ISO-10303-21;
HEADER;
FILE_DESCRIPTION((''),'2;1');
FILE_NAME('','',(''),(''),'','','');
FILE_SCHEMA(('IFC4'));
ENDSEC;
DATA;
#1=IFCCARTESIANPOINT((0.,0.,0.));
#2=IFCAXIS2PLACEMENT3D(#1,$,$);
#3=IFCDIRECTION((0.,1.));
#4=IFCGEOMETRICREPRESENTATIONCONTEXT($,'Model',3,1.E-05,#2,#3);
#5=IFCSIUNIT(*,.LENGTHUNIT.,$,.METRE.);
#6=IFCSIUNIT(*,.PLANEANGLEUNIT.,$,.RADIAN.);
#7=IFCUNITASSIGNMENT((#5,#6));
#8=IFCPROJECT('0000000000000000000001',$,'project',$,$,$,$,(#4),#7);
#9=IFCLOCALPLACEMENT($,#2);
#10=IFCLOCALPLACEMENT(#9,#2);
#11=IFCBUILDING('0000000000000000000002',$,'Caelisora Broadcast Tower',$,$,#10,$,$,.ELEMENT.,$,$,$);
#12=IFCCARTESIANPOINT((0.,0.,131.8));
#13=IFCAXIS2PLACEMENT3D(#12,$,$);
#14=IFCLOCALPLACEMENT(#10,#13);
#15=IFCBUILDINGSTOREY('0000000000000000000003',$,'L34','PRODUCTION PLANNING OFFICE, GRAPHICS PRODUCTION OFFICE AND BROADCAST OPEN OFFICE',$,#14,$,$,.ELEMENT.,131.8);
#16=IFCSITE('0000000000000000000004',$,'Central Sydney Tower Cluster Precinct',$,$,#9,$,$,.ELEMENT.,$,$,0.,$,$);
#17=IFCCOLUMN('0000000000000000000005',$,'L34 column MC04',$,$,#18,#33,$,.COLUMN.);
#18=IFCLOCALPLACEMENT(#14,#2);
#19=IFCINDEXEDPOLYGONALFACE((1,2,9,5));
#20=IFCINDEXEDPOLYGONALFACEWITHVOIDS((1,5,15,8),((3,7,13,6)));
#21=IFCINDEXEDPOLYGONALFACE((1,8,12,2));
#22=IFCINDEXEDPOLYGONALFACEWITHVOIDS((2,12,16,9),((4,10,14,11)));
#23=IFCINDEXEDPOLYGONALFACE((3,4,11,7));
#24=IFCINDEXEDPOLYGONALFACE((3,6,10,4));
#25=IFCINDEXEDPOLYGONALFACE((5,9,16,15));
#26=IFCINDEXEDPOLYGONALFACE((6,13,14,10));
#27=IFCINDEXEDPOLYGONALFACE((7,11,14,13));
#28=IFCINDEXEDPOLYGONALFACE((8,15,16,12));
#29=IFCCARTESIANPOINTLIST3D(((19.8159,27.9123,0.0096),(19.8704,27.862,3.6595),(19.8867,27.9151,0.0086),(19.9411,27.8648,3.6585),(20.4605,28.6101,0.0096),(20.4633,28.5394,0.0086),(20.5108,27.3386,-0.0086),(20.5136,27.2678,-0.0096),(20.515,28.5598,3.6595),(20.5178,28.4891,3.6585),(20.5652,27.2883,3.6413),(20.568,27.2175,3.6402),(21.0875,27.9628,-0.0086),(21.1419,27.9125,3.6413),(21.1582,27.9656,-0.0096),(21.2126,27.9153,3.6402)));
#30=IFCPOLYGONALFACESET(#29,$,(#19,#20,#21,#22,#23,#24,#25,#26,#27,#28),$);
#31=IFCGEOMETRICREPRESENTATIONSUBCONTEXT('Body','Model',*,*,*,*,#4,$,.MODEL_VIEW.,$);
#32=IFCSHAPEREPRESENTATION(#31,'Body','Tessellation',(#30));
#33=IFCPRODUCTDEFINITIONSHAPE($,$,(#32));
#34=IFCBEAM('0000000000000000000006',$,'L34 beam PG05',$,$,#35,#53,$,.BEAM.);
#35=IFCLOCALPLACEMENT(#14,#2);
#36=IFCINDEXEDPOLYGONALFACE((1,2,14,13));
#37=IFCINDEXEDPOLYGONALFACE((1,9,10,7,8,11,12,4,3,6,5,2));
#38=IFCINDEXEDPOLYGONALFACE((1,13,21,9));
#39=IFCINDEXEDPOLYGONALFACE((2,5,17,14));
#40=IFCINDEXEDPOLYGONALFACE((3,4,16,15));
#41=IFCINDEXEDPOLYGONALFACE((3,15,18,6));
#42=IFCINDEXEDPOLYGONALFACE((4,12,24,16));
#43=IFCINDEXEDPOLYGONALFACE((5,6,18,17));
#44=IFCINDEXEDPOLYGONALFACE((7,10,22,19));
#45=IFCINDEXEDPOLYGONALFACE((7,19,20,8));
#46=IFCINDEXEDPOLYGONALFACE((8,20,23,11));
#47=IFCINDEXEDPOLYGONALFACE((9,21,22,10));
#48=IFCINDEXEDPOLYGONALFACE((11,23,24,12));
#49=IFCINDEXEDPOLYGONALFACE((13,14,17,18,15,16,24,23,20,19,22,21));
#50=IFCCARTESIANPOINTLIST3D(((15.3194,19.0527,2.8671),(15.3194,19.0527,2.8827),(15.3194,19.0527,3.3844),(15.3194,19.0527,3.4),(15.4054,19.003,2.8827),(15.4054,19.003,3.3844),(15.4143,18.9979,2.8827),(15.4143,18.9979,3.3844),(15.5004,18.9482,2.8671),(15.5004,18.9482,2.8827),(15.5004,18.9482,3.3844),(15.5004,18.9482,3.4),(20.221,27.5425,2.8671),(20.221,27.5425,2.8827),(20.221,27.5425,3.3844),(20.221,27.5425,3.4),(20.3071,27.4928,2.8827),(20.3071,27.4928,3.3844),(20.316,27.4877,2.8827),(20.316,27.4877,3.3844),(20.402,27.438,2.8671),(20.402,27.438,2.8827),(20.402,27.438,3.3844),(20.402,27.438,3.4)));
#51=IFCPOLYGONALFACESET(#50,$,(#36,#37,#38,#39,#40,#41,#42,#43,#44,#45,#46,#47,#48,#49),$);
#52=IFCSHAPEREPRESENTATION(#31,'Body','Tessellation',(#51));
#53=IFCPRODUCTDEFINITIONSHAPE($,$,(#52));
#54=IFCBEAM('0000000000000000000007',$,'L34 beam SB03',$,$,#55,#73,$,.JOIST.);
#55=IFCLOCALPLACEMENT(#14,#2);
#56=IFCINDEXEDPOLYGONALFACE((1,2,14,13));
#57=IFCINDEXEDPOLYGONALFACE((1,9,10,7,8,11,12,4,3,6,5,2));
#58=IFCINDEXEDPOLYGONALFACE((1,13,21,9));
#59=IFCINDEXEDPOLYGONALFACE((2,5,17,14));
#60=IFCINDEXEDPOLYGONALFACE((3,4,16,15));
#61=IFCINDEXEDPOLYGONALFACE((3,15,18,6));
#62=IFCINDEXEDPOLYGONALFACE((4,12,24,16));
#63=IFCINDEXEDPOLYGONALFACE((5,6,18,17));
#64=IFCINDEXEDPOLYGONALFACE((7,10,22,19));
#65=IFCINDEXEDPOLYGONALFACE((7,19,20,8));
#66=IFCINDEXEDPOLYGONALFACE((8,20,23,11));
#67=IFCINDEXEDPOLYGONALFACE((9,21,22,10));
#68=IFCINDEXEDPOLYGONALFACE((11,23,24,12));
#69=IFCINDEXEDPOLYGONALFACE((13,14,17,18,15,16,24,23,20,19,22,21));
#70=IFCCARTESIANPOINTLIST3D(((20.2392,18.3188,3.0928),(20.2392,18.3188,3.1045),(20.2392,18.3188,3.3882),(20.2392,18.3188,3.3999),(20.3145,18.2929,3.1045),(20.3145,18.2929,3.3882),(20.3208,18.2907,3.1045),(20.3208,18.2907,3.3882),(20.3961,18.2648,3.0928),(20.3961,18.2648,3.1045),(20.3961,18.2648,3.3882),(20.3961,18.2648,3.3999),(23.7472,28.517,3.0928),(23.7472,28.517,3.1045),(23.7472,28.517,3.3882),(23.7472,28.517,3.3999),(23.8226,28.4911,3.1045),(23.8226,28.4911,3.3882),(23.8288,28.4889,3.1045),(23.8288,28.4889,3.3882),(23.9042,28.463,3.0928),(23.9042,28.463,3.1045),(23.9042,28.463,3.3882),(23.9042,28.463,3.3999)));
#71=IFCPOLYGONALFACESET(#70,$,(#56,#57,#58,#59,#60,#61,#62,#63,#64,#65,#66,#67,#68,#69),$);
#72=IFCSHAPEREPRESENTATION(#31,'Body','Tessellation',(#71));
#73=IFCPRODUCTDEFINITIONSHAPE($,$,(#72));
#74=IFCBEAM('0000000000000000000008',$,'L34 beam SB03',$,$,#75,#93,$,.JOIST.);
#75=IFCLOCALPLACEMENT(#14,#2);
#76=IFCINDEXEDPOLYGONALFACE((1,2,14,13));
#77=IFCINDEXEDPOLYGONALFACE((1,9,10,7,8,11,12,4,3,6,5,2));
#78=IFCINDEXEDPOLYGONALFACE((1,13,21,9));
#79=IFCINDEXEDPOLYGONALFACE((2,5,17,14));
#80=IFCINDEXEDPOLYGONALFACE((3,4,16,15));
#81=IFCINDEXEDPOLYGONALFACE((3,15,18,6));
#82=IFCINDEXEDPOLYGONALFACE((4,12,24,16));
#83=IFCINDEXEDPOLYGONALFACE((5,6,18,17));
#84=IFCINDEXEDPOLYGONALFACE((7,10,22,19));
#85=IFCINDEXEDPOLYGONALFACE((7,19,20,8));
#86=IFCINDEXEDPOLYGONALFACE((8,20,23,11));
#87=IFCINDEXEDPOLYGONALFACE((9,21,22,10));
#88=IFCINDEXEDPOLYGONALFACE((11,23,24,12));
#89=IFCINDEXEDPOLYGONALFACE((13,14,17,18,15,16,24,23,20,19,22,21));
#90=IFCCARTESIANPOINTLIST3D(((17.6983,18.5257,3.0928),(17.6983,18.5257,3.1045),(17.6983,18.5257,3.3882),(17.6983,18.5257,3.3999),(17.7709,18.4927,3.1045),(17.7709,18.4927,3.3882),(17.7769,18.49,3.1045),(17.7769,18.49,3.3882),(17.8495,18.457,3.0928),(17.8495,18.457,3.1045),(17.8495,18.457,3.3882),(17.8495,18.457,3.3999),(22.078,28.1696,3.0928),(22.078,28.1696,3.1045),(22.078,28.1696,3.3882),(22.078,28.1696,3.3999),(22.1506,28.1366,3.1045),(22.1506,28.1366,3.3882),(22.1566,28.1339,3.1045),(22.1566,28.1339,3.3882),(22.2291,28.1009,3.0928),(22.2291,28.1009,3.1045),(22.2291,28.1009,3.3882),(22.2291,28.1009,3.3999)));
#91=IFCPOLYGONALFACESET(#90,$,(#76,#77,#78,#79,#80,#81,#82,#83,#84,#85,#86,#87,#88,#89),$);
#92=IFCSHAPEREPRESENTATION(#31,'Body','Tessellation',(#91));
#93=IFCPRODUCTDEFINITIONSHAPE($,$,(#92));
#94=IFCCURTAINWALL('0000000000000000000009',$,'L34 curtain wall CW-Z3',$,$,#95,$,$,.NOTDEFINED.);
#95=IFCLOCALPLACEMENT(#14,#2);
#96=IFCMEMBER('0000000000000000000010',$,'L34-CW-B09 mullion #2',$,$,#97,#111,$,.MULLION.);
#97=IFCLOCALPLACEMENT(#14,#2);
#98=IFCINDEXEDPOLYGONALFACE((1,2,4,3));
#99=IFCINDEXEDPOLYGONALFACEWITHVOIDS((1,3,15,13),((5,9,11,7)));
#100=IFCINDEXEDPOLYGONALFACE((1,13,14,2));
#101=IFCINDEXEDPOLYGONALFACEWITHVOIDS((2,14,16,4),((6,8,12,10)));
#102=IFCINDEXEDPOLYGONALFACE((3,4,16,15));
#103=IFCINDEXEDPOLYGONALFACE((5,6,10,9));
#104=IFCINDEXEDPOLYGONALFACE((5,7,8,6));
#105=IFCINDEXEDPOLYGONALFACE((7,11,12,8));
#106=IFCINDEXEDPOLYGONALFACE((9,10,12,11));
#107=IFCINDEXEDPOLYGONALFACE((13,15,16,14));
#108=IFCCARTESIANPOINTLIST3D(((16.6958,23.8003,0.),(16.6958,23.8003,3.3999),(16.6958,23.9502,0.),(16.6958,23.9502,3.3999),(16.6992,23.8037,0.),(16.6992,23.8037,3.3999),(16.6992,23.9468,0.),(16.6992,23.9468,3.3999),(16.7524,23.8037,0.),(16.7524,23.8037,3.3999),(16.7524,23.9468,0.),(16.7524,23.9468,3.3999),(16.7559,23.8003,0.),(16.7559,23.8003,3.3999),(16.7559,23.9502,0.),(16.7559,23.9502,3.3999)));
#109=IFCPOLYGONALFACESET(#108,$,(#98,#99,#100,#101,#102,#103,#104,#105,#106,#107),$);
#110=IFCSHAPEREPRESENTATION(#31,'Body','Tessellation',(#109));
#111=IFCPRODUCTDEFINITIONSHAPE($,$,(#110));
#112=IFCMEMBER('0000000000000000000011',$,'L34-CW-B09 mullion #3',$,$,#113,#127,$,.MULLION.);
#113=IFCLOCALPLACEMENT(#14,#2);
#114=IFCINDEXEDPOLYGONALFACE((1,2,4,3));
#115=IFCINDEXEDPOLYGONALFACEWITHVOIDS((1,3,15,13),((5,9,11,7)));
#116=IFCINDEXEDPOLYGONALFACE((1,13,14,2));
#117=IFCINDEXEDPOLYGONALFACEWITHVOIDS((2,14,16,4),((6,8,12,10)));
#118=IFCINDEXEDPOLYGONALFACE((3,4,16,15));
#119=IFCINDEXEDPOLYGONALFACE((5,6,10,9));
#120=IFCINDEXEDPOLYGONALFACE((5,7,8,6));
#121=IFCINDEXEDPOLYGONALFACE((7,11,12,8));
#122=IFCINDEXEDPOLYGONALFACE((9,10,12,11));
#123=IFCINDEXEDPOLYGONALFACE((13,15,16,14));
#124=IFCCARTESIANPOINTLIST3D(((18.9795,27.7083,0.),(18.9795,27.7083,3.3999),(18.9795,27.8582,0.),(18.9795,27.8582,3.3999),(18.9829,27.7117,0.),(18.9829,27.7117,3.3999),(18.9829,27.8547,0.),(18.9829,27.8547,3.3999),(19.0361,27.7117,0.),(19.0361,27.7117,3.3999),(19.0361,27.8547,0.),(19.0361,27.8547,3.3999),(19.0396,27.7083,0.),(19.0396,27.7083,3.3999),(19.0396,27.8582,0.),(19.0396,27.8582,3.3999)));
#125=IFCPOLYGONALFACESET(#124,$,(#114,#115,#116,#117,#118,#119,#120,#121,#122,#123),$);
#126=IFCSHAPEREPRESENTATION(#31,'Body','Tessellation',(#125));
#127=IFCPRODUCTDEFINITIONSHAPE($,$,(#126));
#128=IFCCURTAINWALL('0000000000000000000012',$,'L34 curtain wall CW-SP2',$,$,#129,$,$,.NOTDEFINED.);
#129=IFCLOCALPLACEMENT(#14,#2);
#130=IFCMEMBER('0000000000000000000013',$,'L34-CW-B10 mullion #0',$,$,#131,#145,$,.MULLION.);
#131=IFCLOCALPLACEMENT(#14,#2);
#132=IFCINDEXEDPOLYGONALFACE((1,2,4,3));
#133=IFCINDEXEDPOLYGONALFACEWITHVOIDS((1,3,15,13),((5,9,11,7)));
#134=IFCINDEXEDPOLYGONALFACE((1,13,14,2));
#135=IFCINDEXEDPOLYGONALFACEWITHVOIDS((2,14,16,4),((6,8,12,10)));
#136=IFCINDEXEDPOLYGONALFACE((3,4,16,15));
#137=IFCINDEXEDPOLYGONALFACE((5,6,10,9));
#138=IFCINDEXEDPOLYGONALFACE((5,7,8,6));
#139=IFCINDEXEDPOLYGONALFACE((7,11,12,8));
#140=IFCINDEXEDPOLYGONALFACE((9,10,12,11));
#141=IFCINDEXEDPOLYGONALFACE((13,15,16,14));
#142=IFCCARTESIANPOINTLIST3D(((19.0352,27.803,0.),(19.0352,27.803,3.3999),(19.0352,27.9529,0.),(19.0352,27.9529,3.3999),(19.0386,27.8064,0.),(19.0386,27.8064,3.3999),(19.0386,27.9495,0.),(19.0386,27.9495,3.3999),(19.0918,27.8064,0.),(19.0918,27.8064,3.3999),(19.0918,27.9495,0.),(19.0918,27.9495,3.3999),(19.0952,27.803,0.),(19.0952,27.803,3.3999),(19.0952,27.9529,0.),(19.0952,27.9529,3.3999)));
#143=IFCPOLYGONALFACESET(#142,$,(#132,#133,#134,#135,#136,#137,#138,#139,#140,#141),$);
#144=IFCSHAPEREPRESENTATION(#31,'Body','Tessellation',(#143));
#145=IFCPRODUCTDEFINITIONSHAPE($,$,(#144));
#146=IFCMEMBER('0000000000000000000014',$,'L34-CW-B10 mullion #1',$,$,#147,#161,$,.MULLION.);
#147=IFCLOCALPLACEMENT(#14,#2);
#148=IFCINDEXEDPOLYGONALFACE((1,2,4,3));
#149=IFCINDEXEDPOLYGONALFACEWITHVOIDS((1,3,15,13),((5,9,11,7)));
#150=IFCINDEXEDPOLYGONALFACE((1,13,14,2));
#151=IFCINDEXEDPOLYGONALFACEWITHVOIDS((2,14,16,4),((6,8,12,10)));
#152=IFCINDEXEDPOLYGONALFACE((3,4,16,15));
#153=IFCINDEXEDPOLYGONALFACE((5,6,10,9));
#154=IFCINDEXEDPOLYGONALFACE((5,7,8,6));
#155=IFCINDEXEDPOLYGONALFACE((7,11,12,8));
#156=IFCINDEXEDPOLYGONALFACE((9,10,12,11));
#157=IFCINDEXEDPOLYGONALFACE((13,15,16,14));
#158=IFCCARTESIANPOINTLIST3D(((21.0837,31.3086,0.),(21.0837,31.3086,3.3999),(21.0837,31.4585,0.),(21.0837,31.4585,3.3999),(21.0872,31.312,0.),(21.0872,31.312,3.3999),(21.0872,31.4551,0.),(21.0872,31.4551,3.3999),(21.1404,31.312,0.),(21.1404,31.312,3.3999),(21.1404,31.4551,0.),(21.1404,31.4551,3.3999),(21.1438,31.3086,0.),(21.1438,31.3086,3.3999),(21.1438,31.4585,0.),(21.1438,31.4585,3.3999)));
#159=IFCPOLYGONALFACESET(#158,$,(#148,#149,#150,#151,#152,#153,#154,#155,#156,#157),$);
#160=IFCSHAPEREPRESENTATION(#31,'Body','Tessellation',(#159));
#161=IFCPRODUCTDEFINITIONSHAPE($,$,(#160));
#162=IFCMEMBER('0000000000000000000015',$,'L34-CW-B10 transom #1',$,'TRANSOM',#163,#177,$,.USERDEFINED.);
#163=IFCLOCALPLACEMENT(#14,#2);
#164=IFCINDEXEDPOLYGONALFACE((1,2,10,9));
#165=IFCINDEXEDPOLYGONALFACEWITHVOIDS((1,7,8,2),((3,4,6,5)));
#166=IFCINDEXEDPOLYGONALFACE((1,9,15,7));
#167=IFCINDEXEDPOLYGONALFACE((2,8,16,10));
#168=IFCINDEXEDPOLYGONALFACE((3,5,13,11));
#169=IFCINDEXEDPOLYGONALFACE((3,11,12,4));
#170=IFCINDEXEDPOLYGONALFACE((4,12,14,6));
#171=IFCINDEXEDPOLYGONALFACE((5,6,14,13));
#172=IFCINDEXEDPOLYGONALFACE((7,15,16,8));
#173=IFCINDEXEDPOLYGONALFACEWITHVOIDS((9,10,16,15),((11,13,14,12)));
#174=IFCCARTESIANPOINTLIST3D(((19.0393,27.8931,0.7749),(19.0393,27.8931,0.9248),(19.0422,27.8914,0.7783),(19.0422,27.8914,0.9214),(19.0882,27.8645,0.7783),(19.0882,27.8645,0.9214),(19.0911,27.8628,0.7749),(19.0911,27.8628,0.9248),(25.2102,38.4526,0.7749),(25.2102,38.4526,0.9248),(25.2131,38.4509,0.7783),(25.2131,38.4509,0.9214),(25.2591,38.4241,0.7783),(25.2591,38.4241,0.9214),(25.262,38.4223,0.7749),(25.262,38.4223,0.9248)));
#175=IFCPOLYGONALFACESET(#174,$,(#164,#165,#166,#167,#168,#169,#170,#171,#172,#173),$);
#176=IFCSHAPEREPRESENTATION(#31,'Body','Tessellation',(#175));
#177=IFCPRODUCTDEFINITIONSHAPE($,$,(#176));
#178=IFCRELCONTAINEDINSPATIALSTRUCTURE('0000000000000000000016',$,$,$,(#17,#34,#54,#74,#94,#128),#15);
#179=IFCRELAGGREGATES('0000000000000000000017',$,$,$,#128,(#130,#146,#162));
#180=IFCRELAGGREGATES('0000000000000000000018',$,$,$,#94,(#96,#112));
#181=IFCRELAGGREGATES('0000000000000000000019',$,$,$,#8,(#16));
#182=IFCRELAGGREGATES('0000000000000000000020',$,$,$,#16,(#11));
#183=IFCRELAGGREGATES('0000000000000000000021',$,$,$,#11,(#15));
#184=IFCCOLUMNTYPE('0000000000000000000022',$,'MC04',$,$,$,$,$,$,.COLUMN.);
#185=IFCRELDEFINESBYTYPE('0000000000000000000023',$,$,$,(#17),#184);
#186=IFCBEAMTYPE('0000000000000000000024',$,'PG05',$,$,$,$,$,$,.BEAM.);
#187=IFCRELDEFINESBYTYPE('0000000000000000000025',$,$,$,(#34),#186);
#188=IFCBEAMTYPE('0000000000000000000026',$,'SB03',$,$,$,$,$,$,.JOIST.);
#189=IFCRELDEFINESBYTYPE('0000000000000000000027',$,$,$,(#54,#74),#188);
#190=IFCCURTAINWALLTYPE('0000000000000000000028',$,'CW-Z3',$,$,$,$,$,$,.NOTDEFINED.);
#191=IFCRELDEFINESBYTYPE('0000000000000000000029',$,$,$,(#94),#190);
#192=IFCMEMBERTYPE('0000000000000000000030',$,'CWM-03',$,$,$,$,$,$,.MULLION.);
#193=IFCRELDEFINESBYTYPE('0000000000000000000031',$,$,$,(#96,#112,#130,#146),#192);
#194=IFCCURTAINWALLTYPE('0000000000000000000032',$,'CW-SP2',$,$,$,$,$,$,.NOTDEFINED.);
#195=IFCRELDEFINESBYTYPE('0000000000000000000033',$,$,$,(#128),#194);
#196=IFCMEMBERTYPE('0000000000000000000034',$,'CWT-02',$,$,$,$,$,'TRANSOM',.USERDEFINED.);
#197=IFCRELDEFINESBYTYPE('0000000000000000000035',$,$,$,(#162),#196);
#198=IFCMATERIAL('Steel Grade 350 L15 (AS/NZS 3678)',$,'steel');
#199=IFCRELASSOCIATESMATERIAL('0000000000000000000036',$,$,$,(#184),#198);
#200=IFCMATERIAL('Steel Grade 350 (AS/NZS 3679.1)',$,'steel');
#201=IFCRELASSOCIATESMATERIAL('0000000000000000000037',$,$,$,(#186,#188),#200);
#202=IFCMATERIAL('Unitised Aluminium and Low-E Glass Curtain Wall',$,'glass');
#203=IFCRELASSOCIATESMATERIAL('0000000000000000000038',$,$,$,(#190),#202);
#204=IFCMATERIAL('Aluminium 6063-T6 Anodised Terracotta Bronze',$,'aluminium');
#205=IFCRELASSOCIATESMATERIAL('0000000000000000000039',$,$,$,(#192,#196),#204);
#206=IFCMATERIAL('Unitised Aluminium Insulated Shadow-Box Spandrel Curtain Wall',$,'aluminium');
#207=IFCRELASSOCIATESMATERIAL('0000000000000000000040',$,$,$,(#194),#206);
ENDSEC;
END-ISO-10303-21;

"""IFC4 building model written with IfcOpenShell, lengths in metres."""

from ifc_helpers import new_model, si_unit, direction, frame, origin, origin_2d, place, context, subcontext, project, spatial, hollow_rectangle, i_section, extrude, source, transform, mapped, material, material_profile, profile_set, type_object, type_shapes, element, aggregate, save


model = new_model("IFC4")

# Units and contexts
model_context = context("Model", 3, precision=1e-05, world=origin(), true_north=direction((0.0, 1.0)))
body_context = subcontext(model_context, "Body", "Model", "MODEL_VIEW")
ifc_project = project(units=[si_unit("LENGTHUNIT", "METRE"), si_unit("PLANEANGLEUNIT", "RADIAN")], contexts=[model_context])

# Site, building, storey
site_placement = place(None, origin())
site = spatial("IfcSite", under=ifc_project, at=site_placement, Name="Central Sydney Tower Cluster Precinct", CompositionType="ELEMENT", RefElevation=0.0)
building_placement = place(site_placement, origin())
building = spatial("IfcBuilding", under=site, at=building_placement, Name="Caelisora Broadcast Tower", CompositionType="ELEMENT")
storey_placement = place(building_placement, frame((0.0, 0.0, 131.8)))
storey = spatial("IfcBuildingStorey", under=building, at=storey_placement, Name="L34", Description="PRODUCTION PLANNING OFFICE, GRAPHICS PRODUCTION OFFICE AND BROADCAST OPEN OFFICE", CompositionType="ELEMENT", Elevation=131.8)

# Column
ifc_material_1 = material(Name="Steel Grade 350 L15 (AS/NZS 3678)", Category="steel")
ifc_material_profile_1 = material_profile(ifc_material_1, hollow_rectangle(XDim=0.95, YDim=0.95, WallThickness=0.05, at=origin_2d()), Name="Steel Grade 350 L15 (AS/NZS 3678)")
ifc_profile_set_1 = profile_set([ifc_material_profile_1], Name="Steel Grade 350 L15 (AS/NZS 3678)")
column_type = type_object("IfcColumnType", Name="MC04", PredefinedType="COLUMN", material=ifc_profile_set_1)
shared_shape_1 = source(origin(), body_context, "Body", "SweptSolid", [
    extrude(hollow_rectangle(XDim=0.95, YDim=0.95, WallThickness=0.05, at=origin_2d()), origin(), (0.0, 0.0, 1.0), 3.6506),
])
type_shapes(column_type, [shared_shape_1])
column_placement = place(storey_placement, frame((20.4871, 27.939, 0.0), z_axis=(0.014913, -0.013776, 0.999794), x_axis=(0.678554, 0.734551, 0.0)))
element("IfcColumn", 1, at=column_placement, inside=storey, type_object=column_type, Name="L34 column MC04", PredefinedType="COLUMN", context=body_context, shape_type="MappedRepresentation", body=[
    mapped(shared_shape_1, transform((0.0, 0.0, 0.0), scale=1.0)),
])

# Beams
ifc_material_2 = material(Name="Steel Grade 350 (AS/NZS 3679.1)", Category="steel")
ifc_material_profile_2 = material_profile(ifc_material_2, i_section(OverallWidth=0.209, OverallDepth=0.533, WebThickness=0.0103, FlangeThickness=0.0156, at=origin_2d()), Name="Steel Grade 350 (AS/NZS 3679.1)")
ifc_profile_set_2 = profile_set([ifc_material_profile_2], Name="Steel Grade 350 (AS/NZS 3679.1)")
beam_type_1 = type_object("IfcBeamType", Name="PG05", PredefinedType="BEAM", material=ifc_profile_set_2)
shared_shape_2 = source(origin(), body_context, "Body", "SweptSolid", [
    extrude(i_section(OverallWidth=0.209, OverallDepth=0.533, WebThickness=0.0103, FlangeThickness=0.0156, at=origin_2d()), origin(), (0.0, 0.0, 1.0), 9.8032),
])
type_shapes(beam_type_1, [shared_shape_2])
beam_1_placement = place(storey_placement, frame((20.3115, 27.4902, 3.1335), z_axis=(-0.500004, -0.866023, 0.0), x_axis=(0.866023, -0.500004, 0.0)))
element("IfcBeam", 2, at=beam_1_placement, inside=storey, type_object=beam_type_1, Name="L34 beam PG05", PredefinedType="BEAM", context=body_context, shape_type="MappedRepresentation", body=[
    mapped(shared_shape_2, transform((0.0, 0.0, 0.0), scale=1.0)),
])
ifc_material_profile_3 = material_profile(ifc_material_2, i_section(OverallWidth=0.166, OverallDepth=0.3071, WebThickness=0.0066, FlangeThickness=0.0117, at=origin_2d()), Name="Steel Grade 350 (AS/NZS 3679.1)")
ifc_profile_set_3 = profile_set([ifc_material_profile_3], Name="Steel Grade 350 (AS/NZS 3679.1)")
beam_type_2 = type_object("IfcBeamType", Name="SB03", PredefinedType="JOIST", material=ifc_profile_set_3)
shared_shape_3 = source(origin(), body_context, "Body", "SweptSolid", [
    extrude(i_section(OverallWidth=0.166, OverallDepth=0.3071, WebThickness=0.0066, FlangeThickness=0.0117, at=origin_2d()), origin(), (0.0, 0.0, 1.0), 10.7847),
])
beam_2_placement = place(storey_placement, frame((23.8257, 28.49, 3.2463), z_axis=(-0.32528, -0.945618, 0.0), x_axis=(0.945618, -0.32528, 0.0)))
element("IfcBeam", 3, at=beam_2_placement, inside=storey, type_object=beam_type_2, Name="L34 beam SB03", PredefinedType="JOIST", context=body_context, shape_type="MappedRepresentation", body=[
    mapped(shared_shape_3, transform((0.0, 0.0, 0.0), scale=1.0)),
])
shared_shape_4 = source(origin(), body_context, "Body", "SweptSolid", [
    extrude(i_section(OverallWidth=0.166, OverallDepth=0.3071, WebThickness=0.0066, FlangeThickness=0.0117, at=origin_2d()), origin(), (0.0, 0.0, 1.0), 10.5918),
])
type_shapes(beam_type_2, [shared_shape_3, shared_shape_4])
beam_3_placement = place(storey_placement, frame((22.1536, 28.1353, 3.2463), z_axis=(-0.413497, -0.910505, 0.0), x_axis=(0.910505, -0.413497, 0.0)))
element("IfcBeam", 4, at=beam_3_placement, inside=storey, type_object=beam_type_2, Name="L34 beam SB03", PredefinedType="JOIST", context=body_context, shape_type="MappedRepresentation", body=[
    mapped(shared_shape_4, transform((0.0, 0.0, 0.0), scale=1.0)),
])

# Curtain walls, members
ifc_material_3 = material(Name="Unitised Aluminium and Low-E Glass Curtain Wall", Category="glass")
curtain_wall_type_1 = type_object("IfcCurtainWallType", Name="CW-Z3", PredefinedType="NOTDEFINED", material=ifc_material_3)
curtain_wall_1_placement = place(storey_placement, origin())
curtain_wall_1 = element("IfcCurtainWall", 5, at=curtain_wall_1_placement, inside=storey, type_object=curtain_wall_type_1, Name="L34 curtain wall CW-Z3", PredefinedType="NOTDEFINED")
ifc_material_4 = material(Name="Aluminium 6063-T6 Anodised Terracotta Bronze", Category="aluminium")
ifc_material_profile_4 = material_profile(ifc_material_4, hollow_rectangle(XDim=0.0601, YDim=0.1499, WallThickness=0.0034, at=origin_2d()), Name="Aluminium 6063-T6 Anodised Terracotta Bronze")
ifc_profile_set_4 = profile_set([ifc_material_profile_4], Name="Aluminium 6063-T6 Anodised Terracotta Bronze")
member_type_1 = type_object("IfcMemberType", Name="CWM-03", PredefinedType="MULLION", material=ifc_profile_set_4)
shared_shape_5 = source(origin(), body_context, "Body", "SweptSolid", [
    extrude(hollow_rectangle(XDim=0.0601, YDim=0.1499, WallThickness=0.0034, at=origin_2d()), origin(), (0.0, 0.0, 1.0), 3.3999),
])
type_shapes(member_type_1, [shared_shape_5])
member_1_placement = place(storey_placement, frame((16.7258, 23.8752, 0.0), z_axis=(0.0, 0.0, 1.0), x_axis=(1.0, 0.0, 0.0)))
member_1 = element("IfcMember", 6, at=member_1_placement, type_object=member_type_1, Name="L34-CW-B09 mullion #2", PredefinedType="MULLION", context=body_context, shape_type="MappedRepresentation", body=[
    mapped(shared_shape_5, transform((0.0, 0.0, 0.0), scale=1.0)),
])
member_2_placement = place(storey_placement, frame((19.0095, 27.7832, 0.0), z_axis=(0.0, 0.0, 1.0), x_axis=(1.0, 0.0, 0.0)))
member_2 = element("IfcMember", 7, at=member_2_placement, type_object=member_type_1, Name="L34-CW-B09 mullion #3", PredefinedType="MULLION", context=body_context, shape_type="MappedRepresentation", body=[
    mapped(shared_shape_5, transform((0.0, 0.0, 0.0), scale=1.0)),
])
ifc_material_5 = material(Name="Unitised Aluminium Insulated Shadow-Box Spandrel Curtain Wall", Category="aluminium")
curtain_wall_type_2 = type_object("IfcCurtainWallType", Name="CW-SP2", PredefinedType="NOTDEFINED", material=ifc_material_5)
curtain_wall_2_placement = place(storey_placement, origin())
curtain_wall_2 = element("IfcCurtainWall", 8, at=curtain_wall_2_placement, inside=storey, type_object=curtain_wall_type_2, Name="L34 curtain wall CW-SP2", PredefinedType="NOTDEFINED")
member_3_placement = place(storey_placement, frame((19.0652, 27.8779, 0.0), z_axis=(0.0, 0.0, 1.0), x_axis=(1.0, 0.0, 0.0)))
member_3 = element("IfcMember", 9, at=member_3_placement, type_object=member_type_1, Name="L34-CW-B10 mullion #0", PredefinedType="MULLION", context=body_context, shape_type="MappedRepresentation", body=[
    mapped(shared_shape_5, transform((0.0, 0.0, 0.0), scale=1.0)),
])
member_4_placement = place(storey_placement, frame((21.1138, 31.3835, 0.0), z_axis=(0.0, 0.0, 1.0), x_axis=(1.0, 0.0, 0.0)))
member_4 = element("IfcMember", 10, at=member_4_placement, type_object=member_type_1, Name="L34-CW-B10 mullion #1", PredefinedType="MULLION", context=body_context, shape_type="MappedRepresentation", body=[
    mapped(shared_shape_5, transform((0.0, 0.0, 0.0), scale=1.0)),
])
ifc_material_profile_5 = material_profile(ifc_material_4, hollow_rectangle(XDim=0.0601, YDim=0.1499, WallThickness=0.0034, at=origin_2d()), Name="Aluminium 6063-T6 Anodised Terracotta Bronze")
ifc_profile_set_5 = profile_set([ifc_material_profile_5], Name="Aluminium 6063-T6 Anodised Terracotta Bronze")
member_type_2 = type_object("IfcMemberType", Name="CWT-02", ElementType="TRANSOM", PredefinedType="USERDEFINED", material=ifc_profile_set_5)
shared_shape_6 = source(origin(), body_context, "Body", "SweptSolid", [
    extrude(hollow_rectangle(XDim=0.0601, YDim=0.1499, WallThickness=0.0034, at=origin_2d()), origin(), (0.0, 0.0, 1.0), 12.2305),
])
type_shapes(member_type_2, [shared_shape_6])
member_5_placement = place(storey_placement, frame((19.0652, 27.8779, 0.8499), z_axis=(0.504551, 0.863382, 0.0), x_axis=(-0.863382, 0.504551, 0.0)))
member_5 = element("IfcMember", 11, at=member_5_placement, type_object=member_type_2, Name="L34-CW-B10 transom #1", ObjectType="TRANSOM", PredefinedType="USERDEFINED", context=body_context, shape_type="MappedRepresentation", body=[
    mapped(shared_shape_6, transform((0.0, 0.0, 0.0), scale=1.0)),
])

aggregate(curtain_wall_2, [member_3, member_4, member_5])
aggregate(curtain_wall_1, [member_1, member_2])

save(model, "model.ifc")
